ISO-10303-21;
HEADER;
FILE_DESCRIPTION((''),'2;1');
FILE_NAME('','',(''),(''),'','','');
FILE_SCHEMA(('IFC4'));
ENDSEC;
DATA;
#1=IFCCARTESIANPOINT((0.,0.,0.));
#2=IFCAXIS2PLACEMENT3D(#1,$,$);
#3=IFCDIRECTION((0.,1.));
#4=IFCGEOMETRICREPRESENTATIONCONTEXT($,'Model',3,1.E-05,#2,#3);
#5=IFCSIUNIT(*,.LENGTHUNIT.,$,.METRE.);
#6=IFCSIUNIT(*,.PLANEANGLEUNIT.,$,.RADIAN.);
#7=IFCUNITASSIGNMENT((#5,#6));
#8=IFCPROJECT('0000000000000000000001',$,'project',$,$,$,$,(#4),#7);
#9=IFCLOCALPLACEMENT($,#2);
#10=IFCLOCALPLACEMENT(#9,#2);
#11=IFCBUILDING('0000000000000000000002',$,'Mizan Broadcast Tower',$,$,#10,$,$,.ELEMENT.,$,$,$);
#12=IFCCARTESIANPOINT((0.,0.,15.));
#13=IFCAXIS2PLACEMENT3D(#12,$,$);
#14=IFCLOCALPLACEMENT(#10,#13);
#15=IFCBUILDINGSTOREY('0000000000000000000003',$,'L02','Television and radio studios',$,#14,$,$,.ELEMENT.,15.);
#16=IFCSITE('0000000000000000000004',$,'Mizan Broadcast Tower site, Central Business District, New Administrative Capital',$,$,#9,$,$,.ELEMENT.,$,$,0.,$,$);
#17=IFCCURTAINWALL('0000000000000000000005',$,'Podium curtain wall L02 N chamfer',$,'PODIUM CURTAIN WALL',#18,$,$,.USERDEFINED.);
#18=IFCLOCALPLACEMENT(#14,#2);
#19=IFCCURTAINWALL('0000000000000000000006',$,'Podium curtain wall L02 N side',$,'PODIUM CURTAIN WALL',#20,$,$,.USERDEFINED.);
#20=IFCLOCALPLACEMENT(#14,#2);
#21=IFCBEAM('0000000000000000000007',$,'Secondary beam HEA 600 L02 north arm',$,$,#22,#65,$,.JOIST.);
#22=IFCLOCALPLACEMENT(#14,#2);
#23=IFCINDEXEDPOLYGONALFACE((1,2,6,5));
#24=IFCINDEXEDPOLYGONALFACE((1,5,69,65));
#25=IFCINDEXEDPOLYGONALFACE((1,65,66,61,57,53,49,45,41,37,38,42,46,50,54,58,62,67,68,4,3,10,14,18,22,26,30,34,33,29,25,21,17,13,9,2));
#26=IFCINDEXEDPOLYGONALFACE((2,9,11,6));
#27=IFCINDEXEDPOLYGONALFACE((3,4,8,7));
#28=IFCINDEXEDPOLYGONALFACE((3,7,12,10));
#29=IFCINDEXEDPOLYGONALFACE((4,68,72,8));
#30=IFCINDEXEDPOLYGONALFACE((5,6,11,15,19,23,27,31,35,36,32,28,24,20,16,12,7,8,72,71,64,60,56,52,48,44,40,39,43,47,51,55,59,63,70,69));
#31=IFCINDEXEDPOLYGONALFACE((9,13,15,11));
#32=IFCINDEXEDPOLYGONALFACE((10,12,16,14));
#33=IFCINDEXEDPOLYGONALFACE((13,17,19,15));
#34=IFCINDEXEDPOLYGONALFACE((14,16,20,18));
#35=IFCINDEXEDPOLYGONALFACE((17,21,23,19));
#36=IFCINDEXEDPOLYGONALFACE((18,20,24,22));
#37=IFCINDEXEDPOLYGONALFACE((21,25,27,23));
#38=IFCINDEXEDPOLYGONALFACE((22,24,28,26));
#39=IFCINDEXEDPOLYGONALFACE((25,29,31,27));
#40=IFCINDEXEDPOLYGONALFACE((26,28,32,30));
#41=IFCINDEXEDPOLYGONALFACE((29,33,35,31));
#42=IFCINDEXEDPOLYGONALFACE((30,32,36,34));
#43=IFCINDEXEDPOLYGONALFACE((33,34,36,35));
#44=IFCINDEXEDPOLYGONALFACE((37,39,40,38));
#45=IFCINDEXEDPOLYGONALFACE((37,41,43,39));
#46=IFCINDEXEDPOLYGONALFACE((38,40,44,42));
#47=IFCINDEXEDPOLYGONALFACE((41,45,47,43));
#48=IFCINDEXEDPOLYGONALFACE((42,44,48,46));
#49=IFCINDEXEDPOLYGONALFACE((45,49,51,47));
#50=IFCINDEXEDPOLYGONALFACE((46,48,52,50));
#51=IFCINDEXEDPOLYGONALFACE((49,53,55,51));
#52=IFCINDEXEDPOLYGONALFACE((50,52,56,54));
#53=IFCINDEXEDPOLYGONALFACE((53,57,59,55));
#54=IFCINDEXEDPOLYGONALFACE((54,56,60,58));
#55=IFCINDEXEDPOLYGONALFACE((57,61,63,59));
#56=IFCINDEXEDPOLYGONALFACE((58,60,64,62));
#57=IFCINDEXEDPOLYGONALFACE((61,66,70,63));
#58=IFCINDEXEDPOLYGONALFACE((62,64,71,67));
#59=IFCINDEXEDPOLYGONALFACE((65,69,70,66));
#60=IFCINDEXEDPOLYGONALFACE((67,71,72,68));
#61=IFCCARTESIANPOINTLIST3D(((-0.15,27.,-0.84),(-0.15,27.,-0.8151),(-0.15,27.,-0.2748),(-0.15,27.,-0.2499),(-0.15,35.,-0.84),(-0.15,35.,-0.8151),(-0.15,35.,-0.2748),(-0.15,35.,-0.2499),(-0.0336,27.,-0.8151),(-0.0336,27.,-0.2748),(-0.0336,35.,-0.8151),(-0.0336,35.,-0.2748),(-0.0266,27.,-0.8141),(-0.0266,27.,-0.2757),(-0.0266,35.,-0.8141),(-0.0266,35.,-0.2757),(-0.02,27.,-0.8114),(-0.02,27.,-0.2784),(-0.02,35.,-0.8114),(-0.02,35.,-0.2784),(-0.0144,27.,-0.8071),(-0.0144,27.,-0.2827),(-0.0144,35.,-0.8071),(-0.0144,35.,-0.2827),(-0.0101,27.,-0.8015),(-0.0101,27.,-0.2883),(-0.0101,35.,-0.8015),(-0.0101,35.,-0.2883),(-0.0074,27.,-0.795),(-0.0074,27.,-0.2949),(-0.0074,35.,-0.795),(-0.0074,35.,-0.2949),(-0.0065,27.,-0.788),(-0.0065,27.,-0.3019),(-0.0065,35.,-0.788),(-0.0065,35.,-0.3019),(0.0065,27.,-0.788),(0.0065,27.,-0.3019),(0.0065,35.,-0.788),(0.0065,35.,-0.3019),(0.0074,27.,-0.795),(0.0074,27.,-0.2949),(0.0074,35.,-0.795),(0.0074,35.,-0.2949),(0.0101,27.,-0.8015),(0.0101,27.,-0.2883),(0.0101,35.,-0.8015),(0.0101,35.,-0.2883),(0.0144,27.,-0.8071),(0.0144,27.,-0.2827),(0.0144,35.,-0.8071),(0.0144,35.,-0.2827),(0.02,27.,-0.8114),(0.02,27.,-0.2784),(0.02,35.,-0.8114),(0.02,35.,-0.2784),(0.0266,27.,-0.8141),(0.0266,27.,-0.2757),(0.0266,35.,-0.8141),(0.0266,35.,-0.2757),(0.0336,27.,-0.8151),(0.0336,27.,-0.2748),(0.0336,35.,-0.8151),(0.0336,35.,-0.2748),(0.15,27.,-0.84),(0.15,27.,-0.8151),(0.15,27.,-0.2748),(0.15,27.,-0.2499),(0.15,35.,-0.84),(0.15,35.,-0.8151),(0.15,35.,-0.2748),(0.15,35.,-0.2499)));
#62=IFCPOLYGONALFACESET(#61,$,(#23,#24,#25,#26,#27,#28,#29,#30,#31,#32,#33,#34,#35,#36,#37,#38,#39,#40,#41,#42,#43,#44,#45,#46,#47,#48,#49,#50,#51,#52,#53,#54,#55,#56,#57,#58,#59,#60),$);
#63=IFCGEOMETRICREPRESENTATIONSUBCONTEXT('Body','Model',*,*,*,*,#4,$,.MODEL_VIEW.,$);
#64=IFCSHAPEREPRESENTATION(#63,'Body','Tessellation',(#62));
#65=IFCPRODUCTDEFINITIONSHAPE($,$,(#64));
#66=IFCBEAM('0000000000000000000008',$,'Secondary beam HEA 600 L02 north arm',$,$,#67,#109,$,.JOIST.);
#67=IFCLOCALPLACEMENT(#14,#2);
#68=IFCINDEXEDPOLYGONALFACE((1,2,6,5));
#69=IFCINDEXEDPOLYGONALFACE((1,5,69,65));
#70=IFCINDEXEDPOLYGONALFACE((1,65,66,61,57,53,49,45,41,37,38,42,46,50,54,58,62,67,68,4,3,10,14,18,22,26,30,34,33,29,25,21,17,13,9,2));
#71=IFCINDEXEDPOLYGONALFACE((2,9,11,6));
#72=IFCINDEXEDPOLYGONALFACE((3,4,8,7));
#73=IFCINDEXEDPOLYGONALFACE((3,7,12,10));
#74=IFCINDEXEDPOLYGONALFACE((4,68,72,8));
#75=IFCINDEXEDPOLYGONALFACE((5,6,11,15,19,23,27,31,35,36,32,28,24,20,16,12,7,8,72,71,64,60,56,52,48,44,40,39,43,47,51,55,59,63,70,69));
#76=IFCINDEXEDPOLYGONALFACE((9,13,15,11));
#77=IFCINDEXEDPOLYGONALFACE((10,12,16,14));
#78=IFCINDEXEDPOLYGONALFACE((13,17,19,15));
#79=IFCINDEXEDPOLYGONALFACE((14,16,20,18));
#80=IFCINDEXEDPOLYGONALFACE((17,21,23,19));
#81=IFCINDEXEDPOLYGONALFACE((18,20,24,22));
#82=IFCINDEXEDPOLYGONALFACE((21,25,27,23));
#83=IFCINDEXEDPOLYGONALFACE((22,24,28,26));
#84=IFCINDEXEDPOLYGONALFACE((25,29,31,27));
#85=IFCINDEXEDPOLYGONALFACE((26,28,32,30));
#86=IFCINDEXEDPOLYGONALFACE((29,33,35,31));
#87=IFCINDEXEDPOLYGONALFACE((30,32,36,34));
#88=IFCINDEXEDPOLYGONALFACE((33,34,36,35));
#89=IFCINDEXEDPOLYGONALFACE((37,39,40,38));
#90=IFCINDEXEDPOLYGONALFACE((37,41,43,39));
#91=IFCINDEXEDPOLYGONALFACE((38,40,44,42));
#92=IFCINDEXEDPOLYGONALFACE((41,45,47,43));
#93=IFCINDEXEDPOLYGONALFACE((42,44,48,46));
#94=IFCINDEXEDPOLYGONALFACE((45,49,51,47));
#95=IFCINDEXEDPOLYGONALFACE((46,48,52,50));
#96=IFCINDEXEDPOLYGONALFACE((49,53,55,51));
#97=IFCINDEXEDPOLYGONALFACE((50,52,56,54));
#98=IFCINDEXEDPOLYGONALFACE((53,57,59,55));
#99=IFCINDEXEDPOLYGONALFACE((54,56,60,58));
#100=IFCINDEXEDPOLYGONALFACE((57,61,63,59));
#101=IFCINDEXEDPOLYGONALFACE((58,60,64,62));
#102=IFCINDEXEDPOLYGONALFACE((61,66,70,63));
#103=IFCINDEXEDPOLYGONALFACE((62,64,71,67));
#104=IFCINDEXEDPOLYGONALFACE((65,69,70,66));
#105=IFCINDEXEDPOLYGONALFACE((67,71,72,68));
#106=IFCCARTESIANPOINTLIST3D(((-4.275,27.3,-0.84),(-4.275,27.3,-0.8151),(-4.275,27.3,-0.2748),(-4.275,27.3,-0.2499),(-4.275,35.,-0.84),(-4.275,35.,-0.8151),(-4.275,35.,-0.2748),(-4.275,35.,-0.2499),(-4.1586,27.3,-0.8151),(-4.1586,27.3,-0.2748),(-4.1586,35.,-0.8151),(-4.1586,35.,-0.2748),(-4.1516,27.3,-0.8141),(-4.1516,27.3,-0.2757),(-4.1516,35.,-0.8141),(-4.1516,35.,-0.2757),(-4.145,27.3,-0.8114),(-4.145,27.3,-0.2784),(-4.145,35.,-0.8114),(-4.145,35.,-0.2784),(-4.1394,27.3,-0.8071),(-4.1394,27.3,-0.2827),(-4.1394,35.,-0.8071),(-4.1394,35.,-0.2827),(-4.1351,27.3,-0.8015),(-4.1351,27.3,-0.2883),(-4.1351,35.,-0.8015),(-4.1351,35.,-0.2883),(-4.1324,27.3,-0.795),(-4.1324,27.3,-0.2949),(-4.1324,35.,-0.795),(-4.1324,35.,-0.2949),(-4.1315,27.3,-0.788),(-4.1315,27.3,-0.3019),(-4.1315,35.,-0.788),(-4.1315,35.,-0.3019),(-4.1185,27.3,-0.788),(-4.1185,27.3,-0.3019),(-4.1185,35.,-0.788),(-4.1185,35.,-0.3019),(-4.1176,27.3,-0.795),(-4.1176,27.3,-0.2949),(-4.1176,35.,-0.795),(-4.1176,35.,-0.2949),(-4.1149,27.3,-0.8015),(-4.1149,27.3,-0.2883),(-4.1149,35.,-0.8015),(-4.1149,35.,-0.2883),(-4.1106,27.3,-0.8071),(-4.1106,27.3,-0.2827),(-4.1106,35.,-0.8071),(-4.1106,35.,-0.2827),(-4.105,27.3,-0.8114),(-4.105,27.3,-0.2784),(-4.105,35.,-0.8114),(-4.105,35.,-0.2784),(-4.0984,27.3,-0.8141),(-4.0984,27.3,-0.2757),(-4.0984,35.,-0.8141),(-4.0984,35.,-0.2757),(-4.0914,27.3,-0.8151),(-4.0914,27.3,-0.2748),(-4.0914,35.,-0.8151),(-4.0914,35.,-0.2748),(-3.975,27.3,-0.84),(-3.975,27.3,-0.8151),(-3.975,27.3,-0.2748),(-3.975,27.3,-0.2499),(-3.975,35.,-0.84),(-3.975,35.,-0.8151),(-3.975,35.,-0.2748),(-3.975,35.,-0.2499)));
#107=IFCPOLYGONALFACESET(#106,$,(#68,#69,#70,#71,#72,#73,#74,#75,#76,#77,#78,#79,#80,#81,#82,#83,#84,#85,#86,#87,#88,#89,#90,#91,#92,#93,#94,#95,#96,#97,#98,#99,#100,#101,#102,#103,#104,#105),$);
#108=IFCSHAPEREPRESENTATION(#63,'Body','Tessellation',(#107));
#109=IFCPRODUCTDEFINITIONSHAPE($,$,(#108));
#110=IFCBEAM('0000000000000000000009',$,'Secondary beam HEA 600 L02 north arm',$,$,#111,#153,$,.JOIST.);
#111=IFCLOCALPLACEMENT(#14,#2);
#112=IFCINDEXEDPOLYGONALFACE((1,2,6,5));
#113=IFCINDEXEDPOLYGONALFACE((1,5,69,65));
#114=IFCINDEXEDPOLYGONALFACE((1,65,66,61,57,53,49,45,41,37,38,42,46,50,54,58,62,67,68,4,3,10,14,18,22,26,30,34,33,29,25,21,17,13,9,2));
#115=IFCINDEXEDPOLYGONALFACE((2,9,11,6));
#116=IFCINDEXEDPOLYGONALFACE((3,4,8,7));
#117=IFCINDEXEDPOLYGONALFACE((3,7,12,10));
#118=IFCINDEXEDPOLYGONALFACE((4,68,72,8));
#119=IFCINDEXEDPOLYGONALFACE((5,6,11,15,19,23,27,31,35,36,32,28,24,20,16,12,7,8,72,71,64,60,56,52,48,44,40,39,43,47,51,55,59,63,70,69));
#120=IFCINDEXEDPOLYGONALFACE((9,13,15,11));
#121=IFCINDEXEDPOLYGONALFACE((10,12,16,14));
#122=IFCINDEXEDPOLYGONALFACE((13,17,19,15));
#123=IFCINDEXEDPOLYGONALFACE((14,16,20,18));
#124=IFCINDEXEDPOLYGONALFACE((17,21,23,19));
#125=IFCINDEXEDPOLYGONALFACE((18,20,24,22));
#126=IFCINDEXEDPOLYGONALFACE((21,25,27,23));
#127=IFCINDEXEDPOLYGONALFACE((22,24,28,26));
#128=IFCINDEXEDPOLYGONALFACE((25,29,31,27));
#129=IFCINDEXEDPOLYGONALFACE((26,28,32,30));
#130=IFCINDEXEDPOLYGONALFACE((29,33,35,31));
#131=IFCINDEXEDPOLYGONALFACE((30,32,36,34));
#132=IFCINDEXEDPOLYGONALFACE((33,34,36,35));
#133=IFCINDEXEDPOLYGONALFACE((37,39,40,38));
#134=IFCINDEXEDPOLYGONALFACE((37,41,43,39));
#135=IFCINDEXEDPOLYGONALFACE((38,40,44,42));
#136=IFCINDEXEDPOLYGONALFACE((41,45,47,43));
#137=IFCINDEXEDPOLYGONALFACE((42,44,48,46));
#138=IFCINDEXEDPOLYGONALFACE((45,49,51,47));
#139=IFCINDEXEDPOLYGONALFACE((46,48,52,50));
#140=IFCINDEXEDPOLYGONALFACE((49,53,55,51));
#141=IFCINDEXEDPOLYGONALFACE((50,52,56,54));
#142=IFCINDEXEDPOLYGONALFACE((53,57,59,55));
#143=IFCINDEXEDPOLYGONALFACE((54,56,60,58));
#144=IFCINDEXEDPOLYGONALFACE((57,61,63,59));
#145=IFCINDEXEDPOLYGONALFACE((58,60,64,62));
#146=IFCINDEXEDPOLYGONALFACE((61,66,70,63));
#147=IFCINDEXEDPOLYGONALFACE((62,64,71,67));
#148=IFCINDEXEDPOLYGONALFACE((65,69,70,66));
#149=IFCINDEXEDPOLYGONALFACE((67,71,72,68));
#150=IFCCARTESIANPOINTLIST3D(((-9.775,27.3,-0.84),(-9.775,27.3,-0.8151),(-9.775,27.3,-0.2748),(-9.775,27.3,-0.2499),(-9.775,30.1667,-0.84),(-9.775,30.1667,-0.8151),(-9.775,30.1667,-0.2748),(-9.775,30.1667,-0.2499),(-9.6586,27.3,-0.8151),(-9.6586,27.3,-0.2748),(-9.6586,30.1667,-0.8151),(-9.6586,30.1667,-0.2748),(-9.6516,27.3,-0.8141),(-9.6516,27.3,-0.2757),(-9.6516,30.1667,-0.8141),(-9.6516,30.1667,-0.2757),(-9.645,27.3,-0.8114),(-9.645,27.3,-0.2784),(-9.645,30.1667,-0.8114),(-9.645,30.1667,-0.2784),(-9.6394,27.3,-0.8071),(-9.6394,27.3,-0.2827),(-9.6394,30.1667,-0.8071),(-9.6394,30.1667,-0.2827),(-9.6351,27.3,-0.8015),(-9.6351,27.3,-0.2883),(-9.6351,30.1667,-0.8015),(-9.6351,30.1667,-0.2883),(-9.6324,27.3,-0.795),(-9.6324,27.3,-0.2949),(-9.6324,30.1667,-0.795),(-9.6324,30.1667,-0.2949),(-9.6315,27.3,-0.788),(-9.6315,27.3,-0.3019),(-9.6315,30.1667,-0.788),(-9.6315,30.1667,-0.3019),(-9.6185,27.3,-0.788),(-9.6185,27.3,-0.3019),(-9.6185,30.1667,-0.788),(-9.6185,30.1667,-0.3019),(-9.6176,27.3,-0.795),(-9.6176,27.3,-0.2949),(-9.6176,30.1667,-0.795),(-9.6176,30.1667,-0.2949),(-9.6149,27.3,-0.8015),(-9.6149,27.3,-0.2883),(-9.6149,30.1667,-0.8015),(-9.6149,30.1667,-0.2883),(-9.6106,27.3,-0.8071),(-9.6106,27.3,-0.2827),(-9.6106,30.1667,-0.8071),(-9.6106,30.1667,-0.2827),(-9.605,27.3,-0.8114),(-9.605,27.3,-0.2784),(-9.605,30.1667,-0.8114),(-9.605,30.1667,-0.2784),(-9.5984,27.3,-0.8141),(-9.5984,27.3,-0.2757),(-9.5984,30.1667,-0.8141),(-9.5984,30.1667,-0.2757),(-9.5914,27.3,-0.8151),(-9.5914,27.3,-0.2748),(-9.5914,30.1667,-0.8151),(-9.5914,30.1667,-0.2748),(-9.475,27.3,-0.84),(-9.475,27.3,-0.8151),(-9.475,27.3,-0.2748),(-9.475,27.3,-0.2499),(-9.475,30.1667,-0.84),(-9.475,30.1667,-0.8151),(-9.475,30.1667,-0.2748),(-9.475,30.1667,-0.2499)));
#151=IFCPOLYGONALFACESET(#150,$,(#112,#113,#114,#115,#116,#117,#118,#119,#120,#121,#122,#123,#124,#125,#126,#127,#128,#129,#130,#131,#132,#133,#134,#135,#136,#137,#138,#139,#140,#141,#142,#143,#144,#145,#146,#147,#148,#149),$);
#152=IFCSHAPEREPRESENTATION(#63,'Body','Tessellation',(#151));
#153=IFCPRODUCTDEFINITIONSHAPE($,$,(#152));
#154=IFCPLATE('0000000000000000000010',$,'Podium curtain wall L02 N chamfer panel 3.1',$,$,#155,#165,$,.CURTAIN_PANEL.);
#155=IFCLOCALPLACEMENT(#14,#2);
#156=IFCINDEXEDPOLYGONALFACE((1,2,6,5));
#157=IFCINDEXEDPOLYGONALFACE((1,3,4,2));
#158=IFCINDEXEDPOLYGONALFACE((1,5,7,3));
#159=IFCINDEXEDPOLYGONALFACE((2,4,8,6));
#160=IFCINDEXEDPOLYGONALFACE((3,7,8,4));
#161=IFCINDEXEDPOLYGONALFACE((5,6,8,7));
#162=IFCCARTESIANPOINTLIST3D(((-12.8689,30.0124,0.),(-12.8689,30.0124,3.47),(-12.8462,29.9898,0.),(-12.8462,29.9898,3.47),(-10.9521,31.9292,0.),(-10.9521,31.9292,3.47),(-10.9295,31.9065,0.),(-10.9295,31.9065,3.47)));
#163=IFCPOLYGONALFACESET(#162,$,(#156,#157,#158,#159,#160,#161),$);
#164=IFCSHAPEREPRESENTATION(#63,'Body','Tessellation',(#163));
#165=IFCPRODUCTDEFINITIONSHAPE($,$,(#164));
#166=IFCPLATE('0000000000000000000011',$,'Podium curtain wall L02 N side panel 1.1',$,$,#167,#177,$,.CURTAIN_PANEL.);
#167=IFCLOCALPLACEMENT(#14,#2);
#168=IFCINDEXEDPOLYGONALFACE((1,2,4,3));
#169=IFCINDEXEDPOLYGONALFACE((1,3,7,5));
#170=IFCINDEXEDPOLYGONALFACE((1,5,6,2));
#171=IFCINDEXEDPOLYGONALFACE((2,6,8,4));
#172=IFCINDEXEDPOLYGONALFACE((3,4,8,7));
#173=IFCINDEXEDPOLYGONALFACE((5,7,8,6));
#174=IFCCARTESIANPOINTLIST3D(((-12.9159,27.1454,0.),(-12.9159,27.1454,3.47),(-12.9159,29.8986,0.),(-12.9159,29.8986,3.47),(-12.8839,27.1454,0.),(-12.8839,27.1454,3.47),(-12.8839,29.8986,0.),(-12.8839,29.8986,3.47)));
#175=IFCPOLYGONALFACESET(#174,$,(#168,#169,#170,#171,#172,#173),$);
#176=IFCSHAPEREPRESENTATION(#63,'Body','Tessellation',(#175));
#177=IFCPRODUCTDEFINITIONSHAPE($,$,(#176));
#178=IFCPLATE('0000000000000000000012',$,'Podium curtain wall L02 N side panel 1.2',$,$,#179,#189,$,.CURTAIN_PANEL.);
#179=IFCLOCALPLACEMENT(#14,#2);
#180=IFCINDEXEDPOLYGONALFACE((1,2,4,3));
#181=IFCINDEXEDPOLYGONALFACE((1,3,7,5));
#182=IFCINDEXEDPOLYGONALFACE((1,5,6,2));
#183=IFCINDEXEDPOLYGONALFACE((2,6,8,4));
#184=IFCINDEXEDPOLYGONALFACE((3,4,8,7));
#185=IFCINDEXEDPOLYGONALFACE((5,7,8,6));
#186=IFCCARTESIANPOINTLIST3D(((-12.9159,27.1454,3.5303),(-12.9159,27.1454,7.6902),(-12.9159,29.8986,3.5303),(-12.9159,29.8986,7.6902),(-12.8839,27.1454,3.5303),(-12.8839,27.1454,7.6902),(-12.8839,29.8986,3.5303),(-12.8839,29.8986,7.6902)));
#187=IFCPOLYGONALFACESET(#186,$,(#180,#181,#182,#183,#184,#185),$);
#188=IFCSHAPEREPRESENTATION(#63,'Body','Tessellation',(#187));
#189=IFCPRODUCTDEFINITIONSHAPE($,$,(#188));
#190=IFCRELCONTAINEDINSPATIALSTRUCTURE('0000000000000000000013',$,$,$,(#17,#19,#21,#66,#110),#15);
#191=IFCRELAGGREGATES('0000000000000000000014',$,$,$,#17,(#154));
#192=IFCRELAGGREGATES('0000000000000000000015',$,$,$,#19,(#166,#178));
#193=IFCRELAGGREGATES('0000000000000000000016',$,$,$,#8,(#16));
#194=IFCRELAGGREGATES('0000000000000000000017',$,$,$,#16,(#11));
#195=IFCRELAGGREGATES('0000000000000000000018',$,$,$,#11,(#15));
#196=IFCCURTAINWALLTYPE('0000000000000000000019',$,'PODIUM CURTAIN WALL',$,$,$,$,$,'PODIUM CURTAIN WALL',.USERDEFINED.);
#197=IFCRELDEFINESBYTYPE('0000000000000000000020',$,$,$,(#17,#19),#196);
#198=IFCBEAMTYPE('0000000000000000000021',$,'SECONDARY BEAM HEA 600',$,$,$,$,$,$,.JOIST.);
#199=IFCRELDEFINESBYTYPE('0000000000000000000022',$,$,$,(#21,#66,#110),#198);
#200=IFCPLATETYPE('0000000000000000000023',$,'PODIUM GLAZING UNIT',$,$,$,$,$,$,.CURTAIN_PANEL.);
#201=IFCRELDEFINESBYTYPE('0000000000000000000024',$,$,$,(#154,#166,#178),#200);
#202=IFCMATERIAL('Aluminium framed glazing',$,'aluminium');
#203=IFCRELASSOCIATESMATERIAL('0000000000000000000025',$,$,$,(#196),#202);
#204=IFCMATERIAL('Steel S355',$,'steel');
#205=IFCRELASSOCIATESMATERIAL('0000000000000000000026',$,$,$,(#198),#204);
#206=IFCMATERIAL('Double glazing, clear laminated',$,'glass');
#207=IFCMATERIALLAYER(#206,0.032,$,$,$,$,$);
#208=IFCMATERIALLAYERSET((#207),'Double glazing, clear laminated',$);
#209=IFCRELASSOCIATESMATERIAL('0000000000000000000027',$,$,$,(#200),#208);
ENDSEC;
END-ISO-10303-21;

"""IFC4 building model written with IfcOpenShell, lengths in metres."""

from ifc_helpers import new_model, si_unit, direction, frame, origin, origin_2d, place, context, subcontext, project, spatial, rectangle, i_section, extrude, material, layer, layer_set, material_profile, profile_set, type_object, element, aggregate, save


model = new_model("IFC4")

# Units and contexts
model_context = context("Model", 3, precision=1e-05, world=origin(), true_north=direction((0.0, 1.0)))
body_context = subcontext(model_context, "Body", "Model", "MODEL_VIEW")
ifc_project = project(units=[si_unit("LENGTHUNIT", "METRE"), si_unit("PLANEANGLEUNIT", "RADIAN")], contexts=[model_context])

# Site, building, storey
site_placement = place(None, origin())
site = spatial("IfcSite", under=ifc_project, at=site_placement, Name="Mizan Broadcast Tower site, Central Business District, New Administrative Capital", CompositionType="ELEMENT", RefElevation=0.0)
building_placement = place(site_placement, origin())
building = spatial("IfcBuilding", under=site, at=building_placement, Name="Mizan Broadcast Tower", CompositionType="ELEMENT")
storey_placement = place(building_placement, frame((0.0, 0.0, 15.0)))
storey = spatial("IfcBuildingStorey", under=building, at=storey_placement, Name="L02", Description="Television and radio studios", CompositionType="ELEMENT", Elevation=15.0)

# Curtain wall
ifc_material_1 = material(Name="Aluminium framed glazing", Category="aluminium")
curtain_wall_type = type_object("IfcCurtainWallType", Name="PODIUM CURTAIN WALL", ElementType="PODIUM CURTAIN WALL", PredefinedType="USERDEFINED", material=ifc_material_1)
curtain_wall_1_placement = place(storey_placement, origin())
curtain_wall_1 = element("IfcCurtainWall", 1, at=curtain_wall_1_placement, inside=storey, type_object=curtain_wall_type, Name="Podium curtain wall L02 N chamfer", ObjectType="PODIUM CURTAIN WALL", PredefinedType="USERDEFINED")

# Curtain wall
curtain_wall_2_placement = place(storey_placement, origin())
curtain_wall_2 = element("IfcCurtainWall", 2, at=curtain_wall_2_placement, inside=storey, type_object=curtain_wall_type, Name="Podium curtain wall L02 N side", ObjectType="PODIUM CURTAIN WALL", PredefinedType="USERDEFINED")

# Beams
ifc_material_2 = material(Name="Steel S355", Category="steel")
ifc_material_profile_1 = material_profile(ifc_material_2, i_section(OverallWidth=0.3, OverallDepth=0.5901, WebThickness=0.0129, FlangeThickness=0.0249, FilletRadius=0.0271, at=origin_2d()), Name="HEA 600")
ifc_profile_set_1 = profile_set([ifc_material_profile_1], Name="Steel S355")
beam_type_1 = type_object("IfcBeamType", Name="SECONDARY BEAM HEA 600", PredefinedType="JOIST", material=ifc_profile_set_1)
beam_1_placement = place(storey_placement, frame((0.0, 27.0, -0.5449), z_axis=(0.0, 1.0, 0.0), x_axis=(-1.0, 0.0, 0.0)))
element("IfcBeam", 3, at=beam_1_placement, inside=storey, type_object=beam_type_1, Name="Secondary beam HEA 600 L02 north arm", PredefinedType="JOIST", context=body_context, shape_type="SweptSolid", body=[
    extrude(i_section(OverallWidth=0.3, OverallDepth=0.5901, WebThickness=0.0129, FlangeThickness=0.0249, FilletRadius=0.0271, at=origin_2d()), origin(), (0.0, 0.0, 1.0), 8.0),
])
beam_2_placement = place(storey_placement, frame((-4.125, 27.3, -0.5449), z_axis=(0.0, 1.0, 0.0), x_axis=(-1.0, 0.0, 0.0)))
element("IfcBeam", 4, at=beam_2_placement, inside=storey, type_object=beam_type_1, Name="Secondary beam HEA 600 L02 north arm", PredefinedType="JOIST", context=body_context, shape_type="SweptSolid", body=[
    extrude(i_section(OverallWidth=0.3, OverallDepth=0.5901, WebThickness=0.0129, FlangeThickness=0.0249, FilletRadius=0.0271, at=origin_2d()), origin(), (0.0, 0.0, 1.0), 7.7),
])
beam_3_placement = place(storey_placement, frame((-9.625, 27.3, -0.5449), z_axis=(0.0, 1.0, 0.0), x_axis=(-1.0, 0.0, 0.0)))
element("IfcBeam", 5, at=beam_3_placement, inside=storey, type_object=beam_type_1, Name="Secondary beam HEA 600 L02 north arm", PredefinedType="JOIST", context=body_context, shape_type="SweptSolid", body=[
    extrude(i_section(OverallWidth=0.3, OverallDepth=0.5901, WebThickness=0.0129, FlangeThickness=0.0249, FilletRadius=0.0271, at=origin_2d()), origin(), (0.0, 0.0, 1.0), 2.8667),
])

# Plates
ifc_material_3 = material(Name="Double glazing, clear laminated", Category="glass")
ifc_layer_1 = layer(ifc_material_3, 0.032)
ifc_layer_set_1 = layer_set([ifc_layer_1], Name="Double glazing, clear laminated")
plate_type = type_object("IfcPlateType", Name="PODIUM GLAZING UNIT", PredefinedType="CURTAIN_PANEL", material=ifc_layer_set_1)
plate_1_placement = place(storey_placement, frame((-11.8992, 30.9595, 0.0), z_axis=(0.0, 0.0, 1.0), x_axis=(-0.707107, -0.707107, 0.0)))
plate_1 = element("IfcPlate", 6, at=plate_1_placement, type_object=plate_type, Name="Podium curtain wall L02 N chamfer panel 3.1", PredefinedType="CURTAIN_PANEL", context=body_context, shape_type="SweptSolid", body=[
    extrude(rectangle(XDim=2.7107, YDim=0.032, at=origin_2d()), origin(), (0.0, 0.0, 1.0), 3.47),
])
aggregate(curtain_wall_1, [plate_1])
plate_2_placement = place(storey_placement, frame((-12.8999, 28.522, 0.0), z_axis=(0.0, 0.0, 1.0), x_axis=(0.0, -1.0, 0.0)))
plate_2 = element("IfcPlate", 7, at=plate_2_placement, type_object=plate_type, Name="Podium curtain wall L02 N side panel 1.1", PredefinedType="CURTAIN_PANEL", context=body_context, shape_type="SweptSolid", body=[
    extrude(rectangle(XDim=2.7532, YDim=0.032, at=origin_2d()), origin(), (0.0, 0.0, 1.0), 3.47),
])
plate_3_placement = place(storey_placement, frame((-12.8999, 28.522, 3.5303), z_axis=(0.0, 0.0, 1.0), x_axis=(0.0, -1.0, 0.0)))
plate_3 = element("IfcPlate", 8, at=plate_3_placement, type_object=plate_type, Name="Podium curtain wall L02 N side panel 1.2", PredefinedType="CURTAIN_PANEL", context=body_context, shape_type="SweptSolid", body=[
    extrude(rectangle(XDim=2.7532, YDim=0.032, at=origin_2d()), origin(), (0.0, 0.0, 1.0), 4.1599),
])
aggregate(curtain_wall_2, [plate_2, plate_3])

save(model, "model.ifc")
